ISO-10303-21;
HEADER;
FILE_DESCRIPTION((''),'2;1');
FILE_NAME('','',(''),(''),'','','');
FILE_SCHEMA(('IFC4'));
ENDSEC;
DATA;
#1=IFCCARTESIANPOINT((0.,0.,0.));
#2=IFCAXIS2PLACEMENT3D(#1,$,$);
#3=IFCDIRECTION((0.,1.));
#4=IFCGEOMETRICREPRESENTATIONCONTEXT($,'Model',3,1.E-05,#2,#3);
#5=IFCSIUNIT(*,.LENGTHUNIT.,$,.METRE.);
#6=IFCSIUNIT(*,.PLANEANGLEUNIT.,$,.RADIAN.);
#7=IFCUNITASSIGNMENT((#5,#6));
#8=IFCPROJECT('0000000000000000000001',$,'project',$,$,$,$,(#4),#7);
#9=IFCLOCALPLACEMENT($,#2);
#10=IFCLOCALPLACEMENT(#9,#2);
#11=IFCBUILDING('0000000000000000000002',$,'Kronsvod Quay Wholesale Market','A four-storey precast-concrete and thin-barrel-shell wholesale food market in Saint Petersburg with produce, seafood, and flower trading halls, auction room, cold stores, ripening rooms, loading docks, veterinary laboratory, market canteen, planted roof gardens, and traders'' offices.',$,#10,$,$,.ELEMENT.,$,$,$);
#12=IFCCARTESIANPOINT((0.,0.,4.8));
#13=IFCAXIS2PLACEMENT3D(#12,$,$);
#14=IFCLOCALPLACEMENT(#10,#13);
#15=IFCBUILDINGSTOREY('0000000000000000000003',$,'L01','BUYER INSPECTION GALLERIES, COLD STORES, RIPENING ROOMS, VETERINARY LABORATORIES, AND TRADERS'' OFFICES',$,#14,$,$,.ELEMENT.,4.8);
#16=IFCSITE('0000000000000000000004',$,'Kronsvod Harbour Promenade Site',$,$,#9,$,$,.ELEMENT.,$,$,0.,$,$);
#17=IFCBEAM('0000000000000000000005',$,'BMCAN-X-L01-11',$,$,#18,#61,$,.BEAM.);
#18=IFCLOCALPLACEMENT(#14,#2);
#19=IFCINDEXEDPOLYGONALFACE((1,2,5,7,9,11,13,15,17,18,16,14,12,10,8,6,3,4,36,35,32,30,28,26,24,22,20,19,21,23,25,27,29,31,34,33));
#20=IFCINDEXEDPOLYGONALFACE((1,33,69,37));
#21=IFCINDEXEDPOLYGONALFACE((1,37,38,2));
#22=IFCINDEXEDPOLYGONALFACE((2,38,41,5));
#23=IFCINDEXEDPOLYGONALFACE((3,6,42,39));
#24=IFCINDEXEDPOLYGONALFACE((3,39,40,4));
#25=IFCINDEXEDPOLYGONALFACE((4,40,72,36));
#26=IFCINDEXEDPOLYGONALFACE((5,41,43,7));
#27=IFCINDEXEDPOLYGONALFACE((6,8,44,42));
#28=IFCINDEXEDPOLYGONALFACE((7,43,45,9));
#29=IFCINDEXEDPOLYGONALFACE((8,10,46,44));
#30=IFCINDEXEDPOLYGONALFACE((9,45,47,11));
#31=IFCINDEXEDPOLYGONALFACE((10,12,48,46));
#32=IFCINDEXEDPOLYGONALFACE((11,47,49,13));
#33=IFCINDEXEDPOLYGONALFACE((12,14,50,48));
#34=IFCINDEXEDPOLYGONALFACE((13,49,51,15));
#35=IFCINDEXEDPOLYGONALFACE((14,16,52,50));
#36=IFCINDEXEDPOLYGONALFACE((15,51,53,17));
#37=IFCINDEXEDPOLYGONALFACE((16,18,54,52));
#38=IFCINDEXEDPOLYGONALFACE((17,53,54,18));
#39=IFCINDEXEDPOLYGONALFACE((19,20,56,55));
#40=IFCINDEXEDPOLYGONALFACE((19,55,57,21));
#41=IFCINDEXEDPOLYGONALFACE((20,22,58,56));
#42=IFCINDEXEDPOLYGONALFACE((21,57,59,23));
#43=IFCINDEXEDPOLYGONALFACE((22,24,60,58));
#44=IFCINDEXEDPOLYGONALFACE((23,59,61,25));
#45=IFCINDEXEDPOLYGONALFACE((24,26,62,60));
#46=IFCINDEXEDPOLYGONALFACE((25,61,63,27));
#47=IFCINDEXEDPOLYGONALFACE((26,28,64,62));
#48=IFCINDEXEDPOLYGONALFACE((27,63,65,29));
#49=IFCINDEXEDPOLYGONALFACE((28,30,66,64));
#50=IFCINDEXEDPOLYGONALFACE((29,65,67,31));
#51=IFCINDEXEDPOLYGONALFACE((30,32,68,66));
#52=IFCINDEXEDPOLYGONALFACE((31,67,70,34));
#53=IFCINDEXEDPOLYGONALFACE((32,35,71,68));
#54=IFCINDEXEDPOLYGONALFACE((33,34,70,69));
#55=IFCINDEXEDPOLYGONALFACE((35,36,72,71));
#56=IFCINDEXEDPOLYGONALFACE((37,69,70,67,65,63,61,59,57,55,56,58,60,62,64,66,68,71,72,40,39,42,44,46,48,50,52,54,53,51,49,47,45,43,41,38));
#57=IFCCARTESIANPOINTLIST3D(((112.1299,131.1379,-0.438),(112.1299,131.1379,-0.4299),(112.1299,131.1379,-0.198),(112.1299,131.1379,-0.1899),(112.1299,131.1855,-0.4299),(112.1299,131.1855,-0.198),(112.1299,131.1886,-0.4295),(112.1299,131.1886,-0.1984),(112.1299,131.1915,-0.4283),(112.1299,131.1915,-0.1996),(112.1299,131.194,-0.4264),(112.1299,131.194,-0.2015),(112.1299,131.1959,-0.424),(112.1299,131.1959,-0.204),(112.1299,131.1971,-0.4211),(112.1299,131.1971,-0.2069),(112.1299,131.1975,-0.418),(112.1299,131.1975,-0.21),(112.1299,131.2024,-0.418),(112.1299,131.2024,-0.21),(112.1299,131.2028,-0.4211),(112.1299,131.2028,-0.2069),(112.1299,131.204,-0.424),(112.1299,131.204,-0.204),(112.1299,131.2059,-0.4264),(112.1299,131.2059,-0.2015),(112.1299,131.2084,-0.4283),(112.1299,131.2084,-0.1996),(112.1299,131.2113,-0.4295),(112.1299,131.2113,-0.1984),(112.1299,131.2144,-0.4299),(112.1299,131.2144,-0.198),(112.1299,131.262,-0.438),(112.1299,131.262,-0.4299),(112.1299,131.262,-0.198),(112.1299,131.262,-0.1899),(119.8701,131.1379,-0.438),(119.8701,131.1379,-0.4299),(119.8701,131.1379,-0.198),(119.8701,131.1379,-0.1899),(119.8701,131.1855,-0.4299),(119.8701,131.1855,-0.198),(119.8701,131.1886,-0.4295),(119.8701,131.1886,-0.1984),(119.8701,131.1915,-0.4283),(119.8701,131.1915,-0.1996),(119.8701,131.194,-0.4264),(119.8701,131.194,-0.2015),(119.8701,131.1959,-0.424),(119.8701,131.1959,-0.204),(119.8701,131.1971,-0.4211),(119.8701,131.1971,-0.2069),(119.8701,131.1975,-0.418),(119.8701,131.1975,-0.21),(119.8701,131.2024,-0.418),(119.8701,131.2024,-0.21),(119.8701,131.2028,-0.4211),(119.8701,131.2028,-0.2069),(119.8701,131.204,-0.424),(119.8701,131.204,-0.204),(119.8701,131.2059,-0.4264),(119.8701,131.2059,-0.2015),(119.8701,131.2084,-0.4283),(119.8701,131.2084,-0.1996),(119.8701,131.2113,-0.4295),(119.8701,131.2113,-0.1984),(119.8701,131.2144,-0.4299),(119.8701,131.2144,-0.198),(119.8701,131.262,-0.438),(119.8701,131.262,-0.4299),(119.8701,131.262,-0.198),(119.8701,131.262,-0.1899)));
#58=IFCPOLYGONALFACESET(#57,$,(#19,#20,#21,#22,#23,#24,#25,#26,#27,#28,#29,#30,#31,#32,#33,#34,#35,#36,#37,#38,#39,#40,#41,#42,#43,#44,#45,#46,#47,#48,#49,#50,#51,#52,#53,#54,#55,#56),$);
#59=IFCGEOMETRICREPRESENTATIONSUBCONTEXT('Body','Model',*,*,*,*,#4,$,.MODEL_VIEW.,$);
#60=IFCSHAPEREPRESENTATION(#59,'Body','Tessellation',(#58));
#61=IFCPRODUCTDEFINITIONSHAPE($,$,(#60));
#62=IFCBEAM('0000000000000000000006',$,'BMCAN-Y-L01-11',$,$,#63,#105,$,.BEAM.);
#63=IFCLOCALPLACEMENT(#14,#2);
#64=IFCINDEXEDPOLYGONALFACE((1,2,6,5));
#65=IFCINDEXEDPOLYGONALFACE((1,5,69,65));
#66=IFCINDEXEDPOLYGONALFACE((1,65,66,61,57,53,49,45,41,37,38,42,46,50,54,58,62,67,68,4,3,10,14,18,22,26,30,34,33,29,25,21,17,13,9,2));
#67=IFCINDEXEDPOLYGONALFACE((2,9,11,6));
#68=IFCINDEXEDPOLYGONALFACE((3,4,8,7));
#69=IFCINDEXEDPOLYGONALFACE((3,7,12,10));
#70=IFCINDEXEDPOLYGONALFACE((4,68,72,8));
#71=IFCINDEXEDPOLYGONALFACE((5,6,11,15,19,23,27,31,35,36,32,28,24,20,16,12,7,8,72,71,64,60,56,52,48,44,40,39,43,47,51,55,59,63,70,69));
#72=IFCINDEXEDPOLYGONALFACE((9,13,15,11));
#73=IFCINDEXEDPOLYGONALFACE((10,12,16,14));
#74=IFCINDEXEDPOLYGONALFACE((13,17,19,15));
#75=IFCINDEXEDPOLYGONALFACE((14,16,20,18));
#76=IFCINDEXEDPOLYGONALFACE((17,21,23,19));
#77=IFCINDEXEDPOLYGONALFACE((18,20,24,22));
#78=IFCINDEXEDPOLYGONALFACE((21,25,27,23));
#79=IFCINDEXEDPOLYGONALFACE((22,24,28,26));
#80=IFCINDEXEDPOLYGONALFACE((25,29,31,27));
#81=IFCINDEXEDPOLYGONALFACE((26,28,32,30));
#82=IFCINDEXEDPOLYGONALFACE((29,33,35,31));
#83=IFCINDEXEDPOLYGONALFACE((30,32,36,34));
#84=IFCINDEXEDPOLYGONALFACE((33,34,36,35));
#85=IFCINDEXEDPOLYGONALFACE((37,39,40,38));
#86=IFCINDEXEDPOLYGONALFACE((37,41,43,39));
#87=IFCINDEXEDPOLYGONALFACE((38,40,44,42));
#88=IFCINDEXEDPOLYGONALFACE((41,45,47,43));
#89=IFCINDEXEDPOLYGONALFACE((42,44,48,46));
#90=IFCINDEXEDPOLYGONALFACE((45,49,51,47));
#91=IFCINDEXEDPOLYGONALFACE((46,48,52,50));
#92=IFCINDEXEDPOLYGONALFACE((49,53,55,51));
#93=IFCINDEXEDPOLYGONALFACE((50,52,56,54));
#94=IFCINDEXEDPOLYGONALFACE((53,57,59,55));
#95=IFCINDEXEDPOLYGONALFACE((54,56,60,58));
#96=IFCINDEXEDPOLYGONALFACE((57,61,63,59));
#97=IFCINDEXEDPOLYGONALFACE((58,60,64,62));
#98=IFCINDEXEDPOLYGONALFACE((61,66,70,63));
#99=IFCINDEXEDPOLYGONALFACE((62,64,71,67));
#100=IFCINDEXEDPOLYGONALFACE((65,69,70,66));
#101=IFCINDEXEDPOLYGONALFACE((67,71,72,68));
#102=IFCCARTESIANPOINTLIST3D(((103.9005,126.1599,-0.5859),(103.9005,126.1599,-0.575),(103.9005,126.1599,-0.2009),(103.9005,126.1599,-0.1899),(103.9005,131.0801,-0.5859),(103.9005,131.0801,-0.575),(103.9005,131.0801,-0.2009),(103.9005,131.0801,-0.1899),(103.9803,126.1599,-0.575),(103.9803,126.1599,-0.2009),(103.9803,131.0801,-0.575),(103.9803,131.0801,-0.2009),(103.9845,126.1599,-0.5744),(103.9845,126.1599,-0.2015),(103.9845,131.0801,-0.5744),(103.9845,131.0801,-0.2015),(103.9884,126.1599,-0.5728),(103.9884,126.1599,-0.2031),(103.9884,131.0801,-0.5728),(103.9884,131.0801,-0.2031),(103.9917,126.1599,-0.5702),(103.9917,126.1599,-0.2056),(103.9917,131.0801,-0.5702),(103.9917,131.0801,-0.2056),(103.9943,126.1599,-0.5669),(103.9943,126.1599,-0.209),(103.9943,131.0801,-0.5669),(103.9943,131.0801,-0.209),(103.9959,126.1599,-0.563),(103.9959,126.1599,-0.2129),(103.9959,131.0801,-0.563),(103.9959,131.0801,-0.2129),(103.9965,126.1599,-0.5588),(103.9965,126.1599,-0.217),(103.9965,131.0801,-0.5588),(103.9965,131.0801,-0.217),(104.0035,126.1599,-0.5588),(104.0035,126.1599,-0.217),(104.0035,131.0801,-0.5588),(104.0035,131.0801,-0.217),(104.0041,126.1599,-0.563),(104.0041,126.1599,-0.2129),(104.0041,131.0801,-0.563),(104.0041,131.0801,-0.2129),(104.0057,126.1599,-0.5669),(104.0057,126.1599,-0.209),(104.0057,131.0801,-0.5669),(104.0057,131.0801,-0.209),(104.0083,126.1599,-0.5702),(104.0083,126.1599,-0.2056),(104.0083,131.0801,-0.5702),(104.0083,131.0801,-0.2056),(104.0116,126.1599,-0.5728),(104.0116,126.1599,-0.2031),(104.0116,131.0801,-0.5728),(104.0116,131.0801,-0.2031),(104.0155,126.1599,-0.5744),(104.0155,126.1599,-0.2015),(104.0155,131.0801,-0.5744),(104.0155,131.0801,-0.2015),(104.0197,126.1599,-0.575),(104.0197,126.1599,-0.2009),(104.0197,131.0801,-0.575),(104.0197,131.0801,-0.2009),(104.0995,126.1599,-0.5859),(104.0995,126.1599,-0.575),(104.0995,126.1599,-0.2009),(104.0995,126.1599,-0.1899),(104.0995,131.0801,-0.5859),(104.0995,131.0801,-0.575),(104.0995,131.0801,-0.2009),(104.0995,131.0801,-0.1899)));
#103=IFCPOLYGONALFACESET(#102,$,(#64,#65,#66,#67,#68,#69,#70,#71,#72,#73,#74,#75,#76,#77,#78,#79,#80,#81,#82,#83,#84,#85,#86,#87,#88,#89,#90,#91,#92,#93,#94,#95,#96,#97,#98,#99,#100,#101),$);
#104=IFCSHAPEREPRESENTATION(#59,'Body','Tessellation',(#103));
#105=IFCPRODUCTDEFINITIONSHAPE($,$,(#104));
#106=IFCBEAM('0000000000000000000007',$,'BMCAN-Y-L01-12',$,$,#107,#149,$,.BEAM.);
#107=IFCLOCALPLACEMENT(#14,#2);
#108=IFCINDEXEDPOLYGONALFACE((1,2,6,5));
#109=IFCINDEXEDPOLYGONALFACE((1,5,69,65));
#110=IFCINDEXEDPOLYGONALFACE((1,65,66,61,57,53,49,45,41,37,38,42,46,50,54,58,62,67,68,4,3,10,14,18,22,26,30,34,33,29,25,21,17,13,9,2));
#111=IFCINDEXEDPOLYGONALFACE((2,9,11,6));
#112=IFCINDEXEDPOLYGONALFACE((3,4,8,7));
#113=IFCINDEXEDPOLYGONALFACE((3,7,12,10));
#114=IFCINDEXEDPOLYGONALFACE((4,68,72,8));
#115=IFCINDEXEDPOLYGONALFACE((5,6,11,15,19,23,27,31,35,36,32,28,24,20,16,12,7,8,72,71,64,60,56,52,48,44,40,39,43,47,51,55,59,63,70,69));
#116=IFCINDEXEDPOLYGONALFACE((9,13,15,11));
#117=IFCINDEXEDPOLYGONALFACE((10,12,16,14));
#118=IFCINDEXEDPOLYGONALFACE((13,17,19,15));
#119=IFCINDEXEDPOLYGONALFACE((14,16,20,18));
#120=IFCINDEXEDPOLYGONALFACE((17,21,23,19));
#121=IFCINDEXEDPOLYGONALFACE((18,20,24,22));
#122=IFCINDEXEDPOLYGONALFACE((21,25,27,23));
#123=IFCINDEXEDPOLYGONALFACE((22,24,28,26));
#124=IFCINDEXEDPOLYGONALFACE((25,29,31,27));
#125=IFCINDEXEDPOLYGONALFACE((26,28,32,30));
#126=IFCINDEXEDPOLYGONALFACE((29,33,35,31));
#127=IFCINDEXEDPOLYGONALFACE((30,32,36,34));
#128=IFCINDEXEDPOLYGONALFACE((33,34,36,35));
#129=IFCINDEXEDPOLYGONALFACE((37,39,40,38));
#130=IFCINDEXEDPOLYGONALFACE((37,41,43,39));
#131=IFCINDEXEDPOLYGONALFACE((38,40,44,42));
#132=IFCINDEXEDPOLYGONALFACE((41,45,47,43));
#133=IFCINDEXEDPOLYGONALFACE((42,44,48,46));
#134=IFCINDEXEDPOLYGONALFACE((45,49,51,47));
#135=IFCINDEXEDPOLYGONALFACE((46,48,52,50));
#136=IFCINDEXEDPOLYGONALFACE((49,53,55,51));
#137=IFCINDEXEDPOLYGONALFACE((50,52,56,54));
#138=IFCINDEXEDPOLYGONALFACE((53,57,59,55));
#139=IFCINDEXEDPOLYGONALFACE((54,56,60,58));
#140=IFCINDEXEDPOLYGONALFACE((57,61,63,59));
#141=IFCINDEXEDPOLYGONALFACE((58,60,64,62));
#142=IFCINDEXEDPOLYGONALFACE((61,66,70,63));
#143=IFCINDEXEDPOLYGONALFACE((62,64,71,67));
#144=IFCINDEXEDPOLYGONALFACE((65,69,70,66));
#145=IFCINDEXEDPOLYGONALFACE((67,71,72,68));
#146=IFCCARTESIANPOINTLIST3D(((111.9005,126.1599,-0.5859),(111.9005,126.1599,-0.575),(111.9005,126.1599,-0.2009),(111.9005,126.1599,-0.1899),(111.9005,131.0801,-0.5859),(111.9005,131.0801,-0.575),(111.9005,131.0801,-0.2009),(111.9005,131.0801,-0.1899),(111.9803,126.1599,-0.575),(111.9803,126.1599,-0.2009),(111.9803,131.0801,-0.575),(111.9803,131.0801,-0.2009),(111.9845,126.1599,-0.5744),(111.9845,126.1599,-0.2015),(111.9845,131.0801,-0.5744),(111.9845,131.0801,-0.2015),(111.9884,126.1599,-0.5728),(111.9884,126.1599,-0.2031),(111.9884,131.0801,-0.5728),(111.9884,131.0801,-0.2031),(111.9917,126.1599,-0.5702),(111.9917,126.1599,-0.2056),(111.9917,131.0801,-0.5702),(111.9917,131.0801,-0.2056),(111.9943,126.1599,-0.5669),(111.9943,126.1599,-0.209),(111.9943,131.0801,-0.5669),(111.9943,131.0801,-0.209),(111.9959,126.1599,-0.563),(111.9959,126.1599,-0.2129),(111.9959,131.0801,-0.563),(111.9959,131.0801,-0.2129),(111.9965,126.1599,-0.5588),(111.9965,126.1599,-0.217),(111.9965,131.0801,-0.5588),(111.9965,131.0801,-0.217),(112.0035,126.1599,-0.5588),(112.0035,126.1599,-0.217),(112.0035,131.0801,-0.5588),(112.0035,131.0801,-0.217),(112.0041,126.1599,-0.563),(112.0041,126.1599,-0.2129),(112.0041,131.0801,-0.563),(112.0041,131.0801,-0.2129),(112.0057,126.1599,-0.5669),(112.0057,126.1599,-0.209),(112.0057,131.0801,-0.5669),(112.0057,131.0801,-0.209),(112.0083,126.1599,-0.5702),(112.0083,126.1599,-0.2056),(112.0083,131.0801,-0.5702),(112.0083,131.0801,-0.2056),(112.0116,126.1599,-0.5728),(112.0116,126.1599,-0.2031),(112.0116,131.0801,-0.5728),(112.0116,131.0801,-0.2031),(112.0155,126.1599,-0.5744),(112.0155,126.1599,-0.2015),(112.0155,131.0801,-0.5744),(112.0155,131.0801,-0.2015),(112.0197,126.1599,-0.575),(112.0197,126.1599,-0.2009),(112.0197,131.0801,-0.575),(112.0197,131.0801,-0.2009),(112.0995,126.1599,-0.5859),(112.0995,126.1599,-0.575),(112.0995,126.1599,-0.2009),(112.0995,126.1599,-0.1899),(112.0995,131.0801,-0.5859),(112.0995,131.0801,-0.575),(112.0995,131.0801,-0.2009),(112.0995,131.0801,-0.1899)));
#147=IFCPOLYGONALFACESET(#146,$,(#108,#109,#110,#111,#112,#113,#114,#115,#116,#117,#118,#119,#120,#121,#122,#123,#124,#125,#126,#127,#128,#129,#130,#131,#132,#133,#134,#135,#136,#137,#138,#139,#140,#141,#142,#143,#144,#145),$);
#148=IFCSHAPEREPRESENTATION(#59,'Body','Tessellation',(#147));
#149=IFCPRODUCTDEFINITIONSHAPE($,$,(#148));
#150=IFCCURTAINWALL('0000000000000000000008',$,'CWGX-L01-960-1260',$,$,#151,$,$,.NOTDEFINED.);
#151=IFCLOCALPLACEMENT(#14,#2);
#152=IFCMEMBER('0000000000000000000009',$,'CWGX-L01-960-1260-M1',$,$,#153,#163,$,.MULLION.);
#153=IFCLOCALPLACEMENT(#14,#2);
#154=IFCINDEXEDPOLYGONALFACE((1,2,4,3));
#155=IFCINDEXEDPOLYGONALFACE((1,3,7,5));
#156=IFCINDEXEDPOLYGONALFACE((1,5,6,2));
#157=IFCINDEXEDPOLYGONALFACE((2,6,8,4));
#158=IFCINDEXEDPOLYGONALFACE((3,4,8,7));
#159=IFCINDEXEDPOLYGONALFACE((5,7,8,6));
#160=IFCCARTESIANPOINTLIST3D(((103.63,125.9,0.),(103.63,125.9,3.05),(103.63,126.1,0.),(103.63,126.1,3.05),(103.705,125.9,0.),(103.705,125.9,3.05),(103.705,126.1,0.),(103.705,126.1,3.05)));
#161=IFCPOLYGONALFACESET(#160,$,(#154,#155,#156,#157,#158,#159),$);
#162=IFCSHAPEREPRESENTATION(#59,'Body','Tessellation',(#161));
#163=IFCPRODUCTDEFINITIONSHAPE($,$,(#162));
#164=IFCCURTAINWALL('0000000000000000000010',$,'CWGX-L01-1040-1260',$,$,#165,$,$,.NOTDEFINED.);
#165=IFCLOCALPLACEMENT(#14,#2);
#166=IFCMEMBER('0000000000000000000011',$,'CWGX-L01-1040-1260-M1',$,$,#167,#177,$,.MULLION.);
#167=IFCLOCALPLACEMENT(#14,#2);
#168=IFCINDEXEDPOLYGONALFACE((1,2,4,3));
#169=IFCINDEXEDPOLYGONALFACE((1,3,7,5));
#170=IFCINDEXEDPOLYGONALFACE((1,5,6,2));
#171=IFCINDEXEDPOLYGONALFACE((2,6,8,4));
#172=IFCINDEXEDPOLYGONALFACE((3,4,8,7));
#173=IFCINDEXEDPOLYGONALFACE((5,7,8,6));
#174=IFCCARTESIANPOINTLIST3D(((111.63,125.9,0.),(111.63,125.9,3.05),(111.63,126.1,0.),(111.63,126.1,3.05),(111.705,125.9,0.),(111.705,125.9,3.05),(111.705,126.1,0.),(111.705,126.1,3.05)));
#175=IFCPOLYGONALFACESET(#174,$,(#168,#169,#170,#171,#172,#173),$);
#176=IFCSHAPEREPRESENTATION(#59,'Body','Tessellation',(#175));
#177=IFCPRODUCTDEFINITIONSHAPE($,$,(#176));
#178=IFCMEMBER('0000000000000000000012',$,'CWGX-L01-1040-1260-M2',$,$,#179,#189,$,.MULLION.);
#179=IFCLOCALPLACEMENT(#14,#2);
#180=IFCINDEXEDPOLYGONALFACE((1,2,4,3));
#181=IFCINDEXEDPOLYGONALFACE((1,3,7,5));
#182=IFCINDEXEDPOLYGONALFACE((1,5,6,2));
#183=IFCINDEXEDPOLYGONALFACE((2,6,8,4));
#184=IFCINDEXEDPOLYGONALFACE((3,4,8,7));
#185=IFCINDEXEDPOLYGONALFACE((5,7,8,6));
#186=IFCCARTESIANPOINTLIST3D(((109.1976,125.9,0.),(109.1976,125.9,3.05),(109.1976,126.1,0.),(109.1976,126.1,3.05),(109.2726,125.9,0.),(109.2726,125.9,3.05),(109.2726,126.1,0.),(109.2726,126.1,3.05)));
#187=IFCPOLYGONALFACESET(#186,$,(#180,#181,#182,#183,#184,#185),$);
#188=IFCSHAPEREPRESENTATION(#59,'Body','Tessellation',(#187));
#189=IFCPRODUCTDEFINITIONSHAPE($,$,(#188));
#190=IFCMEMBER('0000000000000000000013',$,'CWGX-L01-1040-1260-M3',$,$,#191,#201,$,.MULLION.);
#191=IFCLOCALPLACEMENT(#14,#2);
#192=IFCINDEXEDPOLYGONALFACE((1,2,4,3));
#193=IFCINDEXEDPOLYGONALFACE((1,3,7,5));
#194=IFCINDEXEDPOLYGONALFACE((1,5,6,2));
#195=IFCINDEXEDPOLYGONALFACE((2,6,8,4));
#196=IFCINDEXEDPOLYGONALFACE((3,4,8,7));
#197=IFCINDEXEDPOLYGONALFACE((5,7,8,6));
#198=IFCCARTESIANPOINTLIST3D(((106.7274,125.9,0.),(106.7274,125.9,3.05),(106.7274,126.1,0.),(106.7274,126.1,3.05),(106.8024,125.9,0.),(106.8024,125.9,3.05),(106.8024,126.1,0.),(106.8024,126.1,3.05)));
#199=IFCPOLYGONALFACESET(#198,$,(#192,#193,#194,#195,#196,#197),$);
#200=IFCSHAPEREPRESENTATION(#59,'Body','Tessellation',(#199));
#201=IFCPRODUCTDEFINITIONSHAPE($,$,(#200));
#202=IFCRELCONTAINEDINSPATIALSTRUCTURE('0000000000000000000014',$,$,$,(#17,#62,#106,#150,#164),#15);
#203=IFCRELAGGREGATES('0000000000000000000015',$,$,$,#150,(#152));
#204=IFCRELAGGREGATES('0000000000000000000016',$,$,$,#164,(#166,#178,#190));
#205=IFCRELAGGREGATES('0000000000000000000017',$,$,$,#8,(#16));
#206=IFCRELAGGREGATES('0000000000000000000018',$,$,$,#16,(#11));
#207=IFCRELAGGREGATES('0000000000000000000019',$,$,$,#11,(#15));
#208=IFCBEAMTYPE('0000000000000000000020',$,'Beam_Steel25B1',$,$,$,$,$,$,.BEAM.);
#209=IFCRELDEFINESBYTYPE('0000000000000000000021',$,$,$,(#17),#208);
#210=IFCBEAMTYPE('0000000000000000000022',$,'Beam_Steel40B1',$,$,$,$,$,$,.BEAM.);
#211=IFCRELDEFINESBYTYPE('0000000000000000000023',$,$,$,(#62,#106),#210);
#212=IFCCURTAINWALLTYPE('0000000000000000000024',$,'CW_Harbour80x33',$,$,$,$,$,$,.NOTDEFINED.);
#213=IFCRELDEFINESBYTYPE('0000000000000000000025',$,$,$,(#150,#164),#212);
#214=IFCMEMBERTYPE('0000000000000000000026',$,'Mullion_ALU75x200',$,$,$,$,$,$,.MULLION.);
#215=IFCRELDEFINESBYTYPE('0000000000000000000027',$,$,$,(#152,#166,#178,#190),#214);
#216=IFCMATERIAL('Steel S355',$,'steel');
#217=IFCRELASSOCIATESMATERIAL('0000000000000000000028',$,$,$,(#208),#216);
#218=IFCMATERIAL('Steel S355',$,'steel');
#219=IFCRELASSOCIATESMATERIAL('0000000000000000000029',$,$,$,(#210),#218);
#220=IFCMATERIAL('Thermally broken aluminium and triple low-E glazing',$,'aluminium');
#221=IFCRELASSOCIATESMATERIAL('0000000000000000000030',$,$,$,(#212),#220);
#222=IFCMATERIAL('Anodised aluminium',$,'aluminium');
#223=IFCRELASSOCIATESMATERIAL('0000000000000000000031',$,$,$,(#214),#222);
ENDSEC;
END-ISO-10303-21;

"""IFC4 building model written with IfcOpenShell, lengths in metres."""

from ifc_helpers import new_model, si_unit, direction, frame, origin, origin_2d, place, context, subcontext, project, spatial, rectangle, i_section, extrude, material, material_profile, profile_set, type_object, element, aggregate, save


model = new_model("IFC4")

# Units and contexts
model_context = context("Model", 3, precision=1e-05, world=origin(), true_north=direction((0.0, 1.0)))
body_context = subcontext(model_context, "Body", "Model", "MODEL_VIEW")
ifc_project = project(units=[si_unit("LENGTHUNIT", "METRE"), si_unit("PLANEANGLEUNIT", "RADIAN")], contexts=[model_context])

# Site, building, storey
site_placement = place(None, origin())
site = spatial("IfcSite", under=ifc_project, at=site_placement, Name="Kronsvod Harbour Promenade Site", CompositionType="ELEMENT", RefElevation=0.0)
building_placement = place(site_placement, origin())
building = spatial("IfcBuilding", under=site, at=building_placement, Name="Kronsvod Quay Wholesale Market", Description="A four-storey precast-concrete and thin-barrel-shell wholesale food market in Saint Petersburg with produce, seafood, and flower trading halls, auction room, cold stores, ripening rooms, loading docks, veterinary laboratory, market canteen, planted roof gardens, and traders' offices.", CompositionType="ELEMENT")
storey_placement = place(building_placement, frame((0.0, 0.0, 4.8)))
storey = spatial("IfcBuildingStorey", under=building, at=storey_placement, Name="L01", Description="BUYER INSPECTION GALLERIES, COLD STORES, RIPENING ROOMS, VETERINARY LABORATORIES, AND TRADERS' OFFICES", CompositionType="ELEMENT", Elevation=4.8)

# Beams
ifc_material_1 = material(Name="Steel S355", Category="steel")
ifc_material_profile_1 = material_profile(ifc_material_1, i_section(OverallWidth=0.124, OverallDepth=0.248, WebThickness=0.0049, FlangeThickness=0.0081, FilletRadius=0.012, at=origin_2d()), Name="25B1")
ifc_profile_set_1 = profile_set([ifc_material_profile_1], Name="Steel S355")
beam_type_1 = type_object("IfcBeamType", Name="Beam_Steel25B1", PredefinedType="BEAM", material=ifc_profile_set_1)
for number, where, z_axis, x_axis, name in (
    (1, (112.1299, 131.2, -0.314), (1.0, 0.0, 0.0), (0.0, 1.0, 0.0), "BMCAN-X-L01-11"),
):
    element("IfcBeam", number, at=place(storey_placement, frame(where, z_axis=z_axis, x_axis=x_axis)), inside=storey, type_object=beam_type_1, Name=name, PredefinedType="BEAM", context=body_context, shape_type="SweptSolid", body=[
        extrude(i_section(OverallWidth=0.124, OverallDepth=0.248, WebThickness=0.0049, FlangeThickness=0.0081, FilletRadius=0.012, at=origin_2d()), origin(), (0.0, 0.0, 1.0), 7.7402),
    ])
ifc_material_2 = material(Name="Steel S355", Category="steel")
ifc_material_profile_2 = material_profile(ifc_material_2, i_section(OverallWidth=0.199, OverallDepth=0.396, WebThickness=0.0071, FlangeThickness=0.011, FilletRadius=0.0161, at=origin_2d()), Name="40B1")
ifc_profile_set_2 = profile_set([ifc_material_profile_2], Name="Steel S355")
beam_type_2 = type_object("IfcBeamType", Name="Beam_Steel40B1", PredefinedType="BEAM", material=ifc_profile_set_2)
for number, where, z_axis, x_axis, name in (
    (2, (104.0, 126.1599, -0.3879), (0.0, 1.0, 0.0), (-1.0, 0.0, 0.0), "BMCAN-Y-L01-11"),
    (3, (112.0, 126.1599, -0.3879), (0.0, 1.0, 0.0), (-1.0, 0.0, 0.0), "BMCAN-Y-L01-12"),
):
    element("IfcBeam", number, at=place(storey_placement, frame(where, z_axis=z_axis, x_axis=x_axis)), inside=storey, type_object=beam_type_2, Name=name, PredefinedType="BEAM", context=body_context, shape_type="SweptSolid", body=[
        extrude(i_section(OverallWidth=0.199, OverallDepth=0.396, WebThickness=0.0071, FlangeThickness=0.011, FilletRadius=0.0161, at=origin_2d()), origin(), (0.0, 0.0, 1.0), 4.9202),
    ])

# Curtain wall, member
ifc_material_3 = material(Name="Thermally broken aluminium and triple low-E glazing", Category="aluminium")
curtain_wall_type = type_object("IfcCurtainWallType", Name="CW_Harbour80x33", PredefinedType="NOTDEFINED", material=ifc_material_3)
curtain_wall_1_placement = place(storey_placement, origin())
curtain_wall_1 = element("IfcCurtainWall", 4, at=curtain_wall_1_placement, inside=storey, type_object=curtain_wall_type, Name="CWGX-L01-960-1260", PredefinedType="NOTDEFINED")
ifc_material_4 = material(Name="Anodised aluminium", Category="aluminium")
ifc_material_profile_3 = material_profile(ifc_material_4, rectangle(XDim=0.075, YDim=0.2, at=origin_2d()), Name="ALUM75x200")
ifc_profile_set_3 = profile_set([ifc_material_profile_3], Name="Anodised aluminium")
member_type_1 = type_object("IfcMemberType", Name="Mullion_ALU75x200", PredefinedType="MULLION", material=ifc_profile_set_3)
member_1_placement = place(storey_placement, frame((103.6675, 126.0, 0.0), z_axis=(0.0, 0.0, 1.0), x_axis=(1.0, 0.0, 0.0)))
member_1 = element("IfcMember", 5, at=member_1_placement, type_object=member_type_1, Name="CWGX-L01-960-1260-M1", PredefinedType="MULLION", context=body_context, shape_type="SweptSolid", body=[
    extrude(rectangle(XDim=0.075, YDim=0.2, at=origin_2d()), origin(), (0.0, 0.0, 1.0), 3.05),
])

# Curtain wall, members
curtain_wall_2_placement = place(storey_placement, origin())
curtain_wall_2 = element("IfcCurtainWall", 6, at=curtain_wall_2_placement, inside=storey, type_object=curtain_wall_type, Name="CWGX-L01-1040-1260", PredefinedType="NOTDEFINED")
member_2_placement = place(storey_placement, frame((111.6675, 126.0, 0.0), z_axis=(0.0, 0.0, 1.0), x_axis=(1.0, 0.0, 0.0)))
member_2 = element("IfcMember", 7, at=member_2_placement, type_object=member_type_1, Name="CWGX-L01-1040-1260-M1", PredefinedType="MULLION", context=body_context, shape_type="SweptSolid", body=[
    extrude(rectangle(XDim=0.075, YDim=0.2, at=origin_2d()), origin(), (0.0, 0.0, 1.0), 3.05),
])
member_3_placement = place(storey_placement, frame((109.2351, 126.0, 0.0), z_axis=(0.0, 0.0, 1.0), x_axis=(1.0, 0.0, 0.0)))
member_3 = element("IfcMember", 8, at=member_3_placement, type_object=member_type_1, Name="CWGX-L01-1040-1260-M2", PredefinedType="MULLION", context=body_context, shape_type="SweptSolid", body=[
    extrude(rectangle(XDim=0.075, YDim=0.2, at=origin_2d()), origin(), (0.0, 0.0, 1.0), 3.05),
])
member_4_placement = place(storey_placement, frame((106.7649, 126.0, 0.0), z_axis=(0.0, 0.0, 1.0), x_axis=(1.0, 0.0, 0.0)))
member_4 = element("IfcMember", 9, at=member_4_placement, type_object=member_type_1, Name="CWGX-L01-1040-1260-M3", PredefinedType="MULLION", context=body_context, shape_type="SweptSolid", body=[
    extrude(rectangle(XDim=0.075, YDim=0.2, at=origin_2d()), origin(), (0.0, 0.0, 1.0), 3.05),
])

aggregate(curtain_wall_1, [member_1])

aggregate(curtain_wall_2, [member_2, member_3, member_4])

save(model, "model.ifc")
